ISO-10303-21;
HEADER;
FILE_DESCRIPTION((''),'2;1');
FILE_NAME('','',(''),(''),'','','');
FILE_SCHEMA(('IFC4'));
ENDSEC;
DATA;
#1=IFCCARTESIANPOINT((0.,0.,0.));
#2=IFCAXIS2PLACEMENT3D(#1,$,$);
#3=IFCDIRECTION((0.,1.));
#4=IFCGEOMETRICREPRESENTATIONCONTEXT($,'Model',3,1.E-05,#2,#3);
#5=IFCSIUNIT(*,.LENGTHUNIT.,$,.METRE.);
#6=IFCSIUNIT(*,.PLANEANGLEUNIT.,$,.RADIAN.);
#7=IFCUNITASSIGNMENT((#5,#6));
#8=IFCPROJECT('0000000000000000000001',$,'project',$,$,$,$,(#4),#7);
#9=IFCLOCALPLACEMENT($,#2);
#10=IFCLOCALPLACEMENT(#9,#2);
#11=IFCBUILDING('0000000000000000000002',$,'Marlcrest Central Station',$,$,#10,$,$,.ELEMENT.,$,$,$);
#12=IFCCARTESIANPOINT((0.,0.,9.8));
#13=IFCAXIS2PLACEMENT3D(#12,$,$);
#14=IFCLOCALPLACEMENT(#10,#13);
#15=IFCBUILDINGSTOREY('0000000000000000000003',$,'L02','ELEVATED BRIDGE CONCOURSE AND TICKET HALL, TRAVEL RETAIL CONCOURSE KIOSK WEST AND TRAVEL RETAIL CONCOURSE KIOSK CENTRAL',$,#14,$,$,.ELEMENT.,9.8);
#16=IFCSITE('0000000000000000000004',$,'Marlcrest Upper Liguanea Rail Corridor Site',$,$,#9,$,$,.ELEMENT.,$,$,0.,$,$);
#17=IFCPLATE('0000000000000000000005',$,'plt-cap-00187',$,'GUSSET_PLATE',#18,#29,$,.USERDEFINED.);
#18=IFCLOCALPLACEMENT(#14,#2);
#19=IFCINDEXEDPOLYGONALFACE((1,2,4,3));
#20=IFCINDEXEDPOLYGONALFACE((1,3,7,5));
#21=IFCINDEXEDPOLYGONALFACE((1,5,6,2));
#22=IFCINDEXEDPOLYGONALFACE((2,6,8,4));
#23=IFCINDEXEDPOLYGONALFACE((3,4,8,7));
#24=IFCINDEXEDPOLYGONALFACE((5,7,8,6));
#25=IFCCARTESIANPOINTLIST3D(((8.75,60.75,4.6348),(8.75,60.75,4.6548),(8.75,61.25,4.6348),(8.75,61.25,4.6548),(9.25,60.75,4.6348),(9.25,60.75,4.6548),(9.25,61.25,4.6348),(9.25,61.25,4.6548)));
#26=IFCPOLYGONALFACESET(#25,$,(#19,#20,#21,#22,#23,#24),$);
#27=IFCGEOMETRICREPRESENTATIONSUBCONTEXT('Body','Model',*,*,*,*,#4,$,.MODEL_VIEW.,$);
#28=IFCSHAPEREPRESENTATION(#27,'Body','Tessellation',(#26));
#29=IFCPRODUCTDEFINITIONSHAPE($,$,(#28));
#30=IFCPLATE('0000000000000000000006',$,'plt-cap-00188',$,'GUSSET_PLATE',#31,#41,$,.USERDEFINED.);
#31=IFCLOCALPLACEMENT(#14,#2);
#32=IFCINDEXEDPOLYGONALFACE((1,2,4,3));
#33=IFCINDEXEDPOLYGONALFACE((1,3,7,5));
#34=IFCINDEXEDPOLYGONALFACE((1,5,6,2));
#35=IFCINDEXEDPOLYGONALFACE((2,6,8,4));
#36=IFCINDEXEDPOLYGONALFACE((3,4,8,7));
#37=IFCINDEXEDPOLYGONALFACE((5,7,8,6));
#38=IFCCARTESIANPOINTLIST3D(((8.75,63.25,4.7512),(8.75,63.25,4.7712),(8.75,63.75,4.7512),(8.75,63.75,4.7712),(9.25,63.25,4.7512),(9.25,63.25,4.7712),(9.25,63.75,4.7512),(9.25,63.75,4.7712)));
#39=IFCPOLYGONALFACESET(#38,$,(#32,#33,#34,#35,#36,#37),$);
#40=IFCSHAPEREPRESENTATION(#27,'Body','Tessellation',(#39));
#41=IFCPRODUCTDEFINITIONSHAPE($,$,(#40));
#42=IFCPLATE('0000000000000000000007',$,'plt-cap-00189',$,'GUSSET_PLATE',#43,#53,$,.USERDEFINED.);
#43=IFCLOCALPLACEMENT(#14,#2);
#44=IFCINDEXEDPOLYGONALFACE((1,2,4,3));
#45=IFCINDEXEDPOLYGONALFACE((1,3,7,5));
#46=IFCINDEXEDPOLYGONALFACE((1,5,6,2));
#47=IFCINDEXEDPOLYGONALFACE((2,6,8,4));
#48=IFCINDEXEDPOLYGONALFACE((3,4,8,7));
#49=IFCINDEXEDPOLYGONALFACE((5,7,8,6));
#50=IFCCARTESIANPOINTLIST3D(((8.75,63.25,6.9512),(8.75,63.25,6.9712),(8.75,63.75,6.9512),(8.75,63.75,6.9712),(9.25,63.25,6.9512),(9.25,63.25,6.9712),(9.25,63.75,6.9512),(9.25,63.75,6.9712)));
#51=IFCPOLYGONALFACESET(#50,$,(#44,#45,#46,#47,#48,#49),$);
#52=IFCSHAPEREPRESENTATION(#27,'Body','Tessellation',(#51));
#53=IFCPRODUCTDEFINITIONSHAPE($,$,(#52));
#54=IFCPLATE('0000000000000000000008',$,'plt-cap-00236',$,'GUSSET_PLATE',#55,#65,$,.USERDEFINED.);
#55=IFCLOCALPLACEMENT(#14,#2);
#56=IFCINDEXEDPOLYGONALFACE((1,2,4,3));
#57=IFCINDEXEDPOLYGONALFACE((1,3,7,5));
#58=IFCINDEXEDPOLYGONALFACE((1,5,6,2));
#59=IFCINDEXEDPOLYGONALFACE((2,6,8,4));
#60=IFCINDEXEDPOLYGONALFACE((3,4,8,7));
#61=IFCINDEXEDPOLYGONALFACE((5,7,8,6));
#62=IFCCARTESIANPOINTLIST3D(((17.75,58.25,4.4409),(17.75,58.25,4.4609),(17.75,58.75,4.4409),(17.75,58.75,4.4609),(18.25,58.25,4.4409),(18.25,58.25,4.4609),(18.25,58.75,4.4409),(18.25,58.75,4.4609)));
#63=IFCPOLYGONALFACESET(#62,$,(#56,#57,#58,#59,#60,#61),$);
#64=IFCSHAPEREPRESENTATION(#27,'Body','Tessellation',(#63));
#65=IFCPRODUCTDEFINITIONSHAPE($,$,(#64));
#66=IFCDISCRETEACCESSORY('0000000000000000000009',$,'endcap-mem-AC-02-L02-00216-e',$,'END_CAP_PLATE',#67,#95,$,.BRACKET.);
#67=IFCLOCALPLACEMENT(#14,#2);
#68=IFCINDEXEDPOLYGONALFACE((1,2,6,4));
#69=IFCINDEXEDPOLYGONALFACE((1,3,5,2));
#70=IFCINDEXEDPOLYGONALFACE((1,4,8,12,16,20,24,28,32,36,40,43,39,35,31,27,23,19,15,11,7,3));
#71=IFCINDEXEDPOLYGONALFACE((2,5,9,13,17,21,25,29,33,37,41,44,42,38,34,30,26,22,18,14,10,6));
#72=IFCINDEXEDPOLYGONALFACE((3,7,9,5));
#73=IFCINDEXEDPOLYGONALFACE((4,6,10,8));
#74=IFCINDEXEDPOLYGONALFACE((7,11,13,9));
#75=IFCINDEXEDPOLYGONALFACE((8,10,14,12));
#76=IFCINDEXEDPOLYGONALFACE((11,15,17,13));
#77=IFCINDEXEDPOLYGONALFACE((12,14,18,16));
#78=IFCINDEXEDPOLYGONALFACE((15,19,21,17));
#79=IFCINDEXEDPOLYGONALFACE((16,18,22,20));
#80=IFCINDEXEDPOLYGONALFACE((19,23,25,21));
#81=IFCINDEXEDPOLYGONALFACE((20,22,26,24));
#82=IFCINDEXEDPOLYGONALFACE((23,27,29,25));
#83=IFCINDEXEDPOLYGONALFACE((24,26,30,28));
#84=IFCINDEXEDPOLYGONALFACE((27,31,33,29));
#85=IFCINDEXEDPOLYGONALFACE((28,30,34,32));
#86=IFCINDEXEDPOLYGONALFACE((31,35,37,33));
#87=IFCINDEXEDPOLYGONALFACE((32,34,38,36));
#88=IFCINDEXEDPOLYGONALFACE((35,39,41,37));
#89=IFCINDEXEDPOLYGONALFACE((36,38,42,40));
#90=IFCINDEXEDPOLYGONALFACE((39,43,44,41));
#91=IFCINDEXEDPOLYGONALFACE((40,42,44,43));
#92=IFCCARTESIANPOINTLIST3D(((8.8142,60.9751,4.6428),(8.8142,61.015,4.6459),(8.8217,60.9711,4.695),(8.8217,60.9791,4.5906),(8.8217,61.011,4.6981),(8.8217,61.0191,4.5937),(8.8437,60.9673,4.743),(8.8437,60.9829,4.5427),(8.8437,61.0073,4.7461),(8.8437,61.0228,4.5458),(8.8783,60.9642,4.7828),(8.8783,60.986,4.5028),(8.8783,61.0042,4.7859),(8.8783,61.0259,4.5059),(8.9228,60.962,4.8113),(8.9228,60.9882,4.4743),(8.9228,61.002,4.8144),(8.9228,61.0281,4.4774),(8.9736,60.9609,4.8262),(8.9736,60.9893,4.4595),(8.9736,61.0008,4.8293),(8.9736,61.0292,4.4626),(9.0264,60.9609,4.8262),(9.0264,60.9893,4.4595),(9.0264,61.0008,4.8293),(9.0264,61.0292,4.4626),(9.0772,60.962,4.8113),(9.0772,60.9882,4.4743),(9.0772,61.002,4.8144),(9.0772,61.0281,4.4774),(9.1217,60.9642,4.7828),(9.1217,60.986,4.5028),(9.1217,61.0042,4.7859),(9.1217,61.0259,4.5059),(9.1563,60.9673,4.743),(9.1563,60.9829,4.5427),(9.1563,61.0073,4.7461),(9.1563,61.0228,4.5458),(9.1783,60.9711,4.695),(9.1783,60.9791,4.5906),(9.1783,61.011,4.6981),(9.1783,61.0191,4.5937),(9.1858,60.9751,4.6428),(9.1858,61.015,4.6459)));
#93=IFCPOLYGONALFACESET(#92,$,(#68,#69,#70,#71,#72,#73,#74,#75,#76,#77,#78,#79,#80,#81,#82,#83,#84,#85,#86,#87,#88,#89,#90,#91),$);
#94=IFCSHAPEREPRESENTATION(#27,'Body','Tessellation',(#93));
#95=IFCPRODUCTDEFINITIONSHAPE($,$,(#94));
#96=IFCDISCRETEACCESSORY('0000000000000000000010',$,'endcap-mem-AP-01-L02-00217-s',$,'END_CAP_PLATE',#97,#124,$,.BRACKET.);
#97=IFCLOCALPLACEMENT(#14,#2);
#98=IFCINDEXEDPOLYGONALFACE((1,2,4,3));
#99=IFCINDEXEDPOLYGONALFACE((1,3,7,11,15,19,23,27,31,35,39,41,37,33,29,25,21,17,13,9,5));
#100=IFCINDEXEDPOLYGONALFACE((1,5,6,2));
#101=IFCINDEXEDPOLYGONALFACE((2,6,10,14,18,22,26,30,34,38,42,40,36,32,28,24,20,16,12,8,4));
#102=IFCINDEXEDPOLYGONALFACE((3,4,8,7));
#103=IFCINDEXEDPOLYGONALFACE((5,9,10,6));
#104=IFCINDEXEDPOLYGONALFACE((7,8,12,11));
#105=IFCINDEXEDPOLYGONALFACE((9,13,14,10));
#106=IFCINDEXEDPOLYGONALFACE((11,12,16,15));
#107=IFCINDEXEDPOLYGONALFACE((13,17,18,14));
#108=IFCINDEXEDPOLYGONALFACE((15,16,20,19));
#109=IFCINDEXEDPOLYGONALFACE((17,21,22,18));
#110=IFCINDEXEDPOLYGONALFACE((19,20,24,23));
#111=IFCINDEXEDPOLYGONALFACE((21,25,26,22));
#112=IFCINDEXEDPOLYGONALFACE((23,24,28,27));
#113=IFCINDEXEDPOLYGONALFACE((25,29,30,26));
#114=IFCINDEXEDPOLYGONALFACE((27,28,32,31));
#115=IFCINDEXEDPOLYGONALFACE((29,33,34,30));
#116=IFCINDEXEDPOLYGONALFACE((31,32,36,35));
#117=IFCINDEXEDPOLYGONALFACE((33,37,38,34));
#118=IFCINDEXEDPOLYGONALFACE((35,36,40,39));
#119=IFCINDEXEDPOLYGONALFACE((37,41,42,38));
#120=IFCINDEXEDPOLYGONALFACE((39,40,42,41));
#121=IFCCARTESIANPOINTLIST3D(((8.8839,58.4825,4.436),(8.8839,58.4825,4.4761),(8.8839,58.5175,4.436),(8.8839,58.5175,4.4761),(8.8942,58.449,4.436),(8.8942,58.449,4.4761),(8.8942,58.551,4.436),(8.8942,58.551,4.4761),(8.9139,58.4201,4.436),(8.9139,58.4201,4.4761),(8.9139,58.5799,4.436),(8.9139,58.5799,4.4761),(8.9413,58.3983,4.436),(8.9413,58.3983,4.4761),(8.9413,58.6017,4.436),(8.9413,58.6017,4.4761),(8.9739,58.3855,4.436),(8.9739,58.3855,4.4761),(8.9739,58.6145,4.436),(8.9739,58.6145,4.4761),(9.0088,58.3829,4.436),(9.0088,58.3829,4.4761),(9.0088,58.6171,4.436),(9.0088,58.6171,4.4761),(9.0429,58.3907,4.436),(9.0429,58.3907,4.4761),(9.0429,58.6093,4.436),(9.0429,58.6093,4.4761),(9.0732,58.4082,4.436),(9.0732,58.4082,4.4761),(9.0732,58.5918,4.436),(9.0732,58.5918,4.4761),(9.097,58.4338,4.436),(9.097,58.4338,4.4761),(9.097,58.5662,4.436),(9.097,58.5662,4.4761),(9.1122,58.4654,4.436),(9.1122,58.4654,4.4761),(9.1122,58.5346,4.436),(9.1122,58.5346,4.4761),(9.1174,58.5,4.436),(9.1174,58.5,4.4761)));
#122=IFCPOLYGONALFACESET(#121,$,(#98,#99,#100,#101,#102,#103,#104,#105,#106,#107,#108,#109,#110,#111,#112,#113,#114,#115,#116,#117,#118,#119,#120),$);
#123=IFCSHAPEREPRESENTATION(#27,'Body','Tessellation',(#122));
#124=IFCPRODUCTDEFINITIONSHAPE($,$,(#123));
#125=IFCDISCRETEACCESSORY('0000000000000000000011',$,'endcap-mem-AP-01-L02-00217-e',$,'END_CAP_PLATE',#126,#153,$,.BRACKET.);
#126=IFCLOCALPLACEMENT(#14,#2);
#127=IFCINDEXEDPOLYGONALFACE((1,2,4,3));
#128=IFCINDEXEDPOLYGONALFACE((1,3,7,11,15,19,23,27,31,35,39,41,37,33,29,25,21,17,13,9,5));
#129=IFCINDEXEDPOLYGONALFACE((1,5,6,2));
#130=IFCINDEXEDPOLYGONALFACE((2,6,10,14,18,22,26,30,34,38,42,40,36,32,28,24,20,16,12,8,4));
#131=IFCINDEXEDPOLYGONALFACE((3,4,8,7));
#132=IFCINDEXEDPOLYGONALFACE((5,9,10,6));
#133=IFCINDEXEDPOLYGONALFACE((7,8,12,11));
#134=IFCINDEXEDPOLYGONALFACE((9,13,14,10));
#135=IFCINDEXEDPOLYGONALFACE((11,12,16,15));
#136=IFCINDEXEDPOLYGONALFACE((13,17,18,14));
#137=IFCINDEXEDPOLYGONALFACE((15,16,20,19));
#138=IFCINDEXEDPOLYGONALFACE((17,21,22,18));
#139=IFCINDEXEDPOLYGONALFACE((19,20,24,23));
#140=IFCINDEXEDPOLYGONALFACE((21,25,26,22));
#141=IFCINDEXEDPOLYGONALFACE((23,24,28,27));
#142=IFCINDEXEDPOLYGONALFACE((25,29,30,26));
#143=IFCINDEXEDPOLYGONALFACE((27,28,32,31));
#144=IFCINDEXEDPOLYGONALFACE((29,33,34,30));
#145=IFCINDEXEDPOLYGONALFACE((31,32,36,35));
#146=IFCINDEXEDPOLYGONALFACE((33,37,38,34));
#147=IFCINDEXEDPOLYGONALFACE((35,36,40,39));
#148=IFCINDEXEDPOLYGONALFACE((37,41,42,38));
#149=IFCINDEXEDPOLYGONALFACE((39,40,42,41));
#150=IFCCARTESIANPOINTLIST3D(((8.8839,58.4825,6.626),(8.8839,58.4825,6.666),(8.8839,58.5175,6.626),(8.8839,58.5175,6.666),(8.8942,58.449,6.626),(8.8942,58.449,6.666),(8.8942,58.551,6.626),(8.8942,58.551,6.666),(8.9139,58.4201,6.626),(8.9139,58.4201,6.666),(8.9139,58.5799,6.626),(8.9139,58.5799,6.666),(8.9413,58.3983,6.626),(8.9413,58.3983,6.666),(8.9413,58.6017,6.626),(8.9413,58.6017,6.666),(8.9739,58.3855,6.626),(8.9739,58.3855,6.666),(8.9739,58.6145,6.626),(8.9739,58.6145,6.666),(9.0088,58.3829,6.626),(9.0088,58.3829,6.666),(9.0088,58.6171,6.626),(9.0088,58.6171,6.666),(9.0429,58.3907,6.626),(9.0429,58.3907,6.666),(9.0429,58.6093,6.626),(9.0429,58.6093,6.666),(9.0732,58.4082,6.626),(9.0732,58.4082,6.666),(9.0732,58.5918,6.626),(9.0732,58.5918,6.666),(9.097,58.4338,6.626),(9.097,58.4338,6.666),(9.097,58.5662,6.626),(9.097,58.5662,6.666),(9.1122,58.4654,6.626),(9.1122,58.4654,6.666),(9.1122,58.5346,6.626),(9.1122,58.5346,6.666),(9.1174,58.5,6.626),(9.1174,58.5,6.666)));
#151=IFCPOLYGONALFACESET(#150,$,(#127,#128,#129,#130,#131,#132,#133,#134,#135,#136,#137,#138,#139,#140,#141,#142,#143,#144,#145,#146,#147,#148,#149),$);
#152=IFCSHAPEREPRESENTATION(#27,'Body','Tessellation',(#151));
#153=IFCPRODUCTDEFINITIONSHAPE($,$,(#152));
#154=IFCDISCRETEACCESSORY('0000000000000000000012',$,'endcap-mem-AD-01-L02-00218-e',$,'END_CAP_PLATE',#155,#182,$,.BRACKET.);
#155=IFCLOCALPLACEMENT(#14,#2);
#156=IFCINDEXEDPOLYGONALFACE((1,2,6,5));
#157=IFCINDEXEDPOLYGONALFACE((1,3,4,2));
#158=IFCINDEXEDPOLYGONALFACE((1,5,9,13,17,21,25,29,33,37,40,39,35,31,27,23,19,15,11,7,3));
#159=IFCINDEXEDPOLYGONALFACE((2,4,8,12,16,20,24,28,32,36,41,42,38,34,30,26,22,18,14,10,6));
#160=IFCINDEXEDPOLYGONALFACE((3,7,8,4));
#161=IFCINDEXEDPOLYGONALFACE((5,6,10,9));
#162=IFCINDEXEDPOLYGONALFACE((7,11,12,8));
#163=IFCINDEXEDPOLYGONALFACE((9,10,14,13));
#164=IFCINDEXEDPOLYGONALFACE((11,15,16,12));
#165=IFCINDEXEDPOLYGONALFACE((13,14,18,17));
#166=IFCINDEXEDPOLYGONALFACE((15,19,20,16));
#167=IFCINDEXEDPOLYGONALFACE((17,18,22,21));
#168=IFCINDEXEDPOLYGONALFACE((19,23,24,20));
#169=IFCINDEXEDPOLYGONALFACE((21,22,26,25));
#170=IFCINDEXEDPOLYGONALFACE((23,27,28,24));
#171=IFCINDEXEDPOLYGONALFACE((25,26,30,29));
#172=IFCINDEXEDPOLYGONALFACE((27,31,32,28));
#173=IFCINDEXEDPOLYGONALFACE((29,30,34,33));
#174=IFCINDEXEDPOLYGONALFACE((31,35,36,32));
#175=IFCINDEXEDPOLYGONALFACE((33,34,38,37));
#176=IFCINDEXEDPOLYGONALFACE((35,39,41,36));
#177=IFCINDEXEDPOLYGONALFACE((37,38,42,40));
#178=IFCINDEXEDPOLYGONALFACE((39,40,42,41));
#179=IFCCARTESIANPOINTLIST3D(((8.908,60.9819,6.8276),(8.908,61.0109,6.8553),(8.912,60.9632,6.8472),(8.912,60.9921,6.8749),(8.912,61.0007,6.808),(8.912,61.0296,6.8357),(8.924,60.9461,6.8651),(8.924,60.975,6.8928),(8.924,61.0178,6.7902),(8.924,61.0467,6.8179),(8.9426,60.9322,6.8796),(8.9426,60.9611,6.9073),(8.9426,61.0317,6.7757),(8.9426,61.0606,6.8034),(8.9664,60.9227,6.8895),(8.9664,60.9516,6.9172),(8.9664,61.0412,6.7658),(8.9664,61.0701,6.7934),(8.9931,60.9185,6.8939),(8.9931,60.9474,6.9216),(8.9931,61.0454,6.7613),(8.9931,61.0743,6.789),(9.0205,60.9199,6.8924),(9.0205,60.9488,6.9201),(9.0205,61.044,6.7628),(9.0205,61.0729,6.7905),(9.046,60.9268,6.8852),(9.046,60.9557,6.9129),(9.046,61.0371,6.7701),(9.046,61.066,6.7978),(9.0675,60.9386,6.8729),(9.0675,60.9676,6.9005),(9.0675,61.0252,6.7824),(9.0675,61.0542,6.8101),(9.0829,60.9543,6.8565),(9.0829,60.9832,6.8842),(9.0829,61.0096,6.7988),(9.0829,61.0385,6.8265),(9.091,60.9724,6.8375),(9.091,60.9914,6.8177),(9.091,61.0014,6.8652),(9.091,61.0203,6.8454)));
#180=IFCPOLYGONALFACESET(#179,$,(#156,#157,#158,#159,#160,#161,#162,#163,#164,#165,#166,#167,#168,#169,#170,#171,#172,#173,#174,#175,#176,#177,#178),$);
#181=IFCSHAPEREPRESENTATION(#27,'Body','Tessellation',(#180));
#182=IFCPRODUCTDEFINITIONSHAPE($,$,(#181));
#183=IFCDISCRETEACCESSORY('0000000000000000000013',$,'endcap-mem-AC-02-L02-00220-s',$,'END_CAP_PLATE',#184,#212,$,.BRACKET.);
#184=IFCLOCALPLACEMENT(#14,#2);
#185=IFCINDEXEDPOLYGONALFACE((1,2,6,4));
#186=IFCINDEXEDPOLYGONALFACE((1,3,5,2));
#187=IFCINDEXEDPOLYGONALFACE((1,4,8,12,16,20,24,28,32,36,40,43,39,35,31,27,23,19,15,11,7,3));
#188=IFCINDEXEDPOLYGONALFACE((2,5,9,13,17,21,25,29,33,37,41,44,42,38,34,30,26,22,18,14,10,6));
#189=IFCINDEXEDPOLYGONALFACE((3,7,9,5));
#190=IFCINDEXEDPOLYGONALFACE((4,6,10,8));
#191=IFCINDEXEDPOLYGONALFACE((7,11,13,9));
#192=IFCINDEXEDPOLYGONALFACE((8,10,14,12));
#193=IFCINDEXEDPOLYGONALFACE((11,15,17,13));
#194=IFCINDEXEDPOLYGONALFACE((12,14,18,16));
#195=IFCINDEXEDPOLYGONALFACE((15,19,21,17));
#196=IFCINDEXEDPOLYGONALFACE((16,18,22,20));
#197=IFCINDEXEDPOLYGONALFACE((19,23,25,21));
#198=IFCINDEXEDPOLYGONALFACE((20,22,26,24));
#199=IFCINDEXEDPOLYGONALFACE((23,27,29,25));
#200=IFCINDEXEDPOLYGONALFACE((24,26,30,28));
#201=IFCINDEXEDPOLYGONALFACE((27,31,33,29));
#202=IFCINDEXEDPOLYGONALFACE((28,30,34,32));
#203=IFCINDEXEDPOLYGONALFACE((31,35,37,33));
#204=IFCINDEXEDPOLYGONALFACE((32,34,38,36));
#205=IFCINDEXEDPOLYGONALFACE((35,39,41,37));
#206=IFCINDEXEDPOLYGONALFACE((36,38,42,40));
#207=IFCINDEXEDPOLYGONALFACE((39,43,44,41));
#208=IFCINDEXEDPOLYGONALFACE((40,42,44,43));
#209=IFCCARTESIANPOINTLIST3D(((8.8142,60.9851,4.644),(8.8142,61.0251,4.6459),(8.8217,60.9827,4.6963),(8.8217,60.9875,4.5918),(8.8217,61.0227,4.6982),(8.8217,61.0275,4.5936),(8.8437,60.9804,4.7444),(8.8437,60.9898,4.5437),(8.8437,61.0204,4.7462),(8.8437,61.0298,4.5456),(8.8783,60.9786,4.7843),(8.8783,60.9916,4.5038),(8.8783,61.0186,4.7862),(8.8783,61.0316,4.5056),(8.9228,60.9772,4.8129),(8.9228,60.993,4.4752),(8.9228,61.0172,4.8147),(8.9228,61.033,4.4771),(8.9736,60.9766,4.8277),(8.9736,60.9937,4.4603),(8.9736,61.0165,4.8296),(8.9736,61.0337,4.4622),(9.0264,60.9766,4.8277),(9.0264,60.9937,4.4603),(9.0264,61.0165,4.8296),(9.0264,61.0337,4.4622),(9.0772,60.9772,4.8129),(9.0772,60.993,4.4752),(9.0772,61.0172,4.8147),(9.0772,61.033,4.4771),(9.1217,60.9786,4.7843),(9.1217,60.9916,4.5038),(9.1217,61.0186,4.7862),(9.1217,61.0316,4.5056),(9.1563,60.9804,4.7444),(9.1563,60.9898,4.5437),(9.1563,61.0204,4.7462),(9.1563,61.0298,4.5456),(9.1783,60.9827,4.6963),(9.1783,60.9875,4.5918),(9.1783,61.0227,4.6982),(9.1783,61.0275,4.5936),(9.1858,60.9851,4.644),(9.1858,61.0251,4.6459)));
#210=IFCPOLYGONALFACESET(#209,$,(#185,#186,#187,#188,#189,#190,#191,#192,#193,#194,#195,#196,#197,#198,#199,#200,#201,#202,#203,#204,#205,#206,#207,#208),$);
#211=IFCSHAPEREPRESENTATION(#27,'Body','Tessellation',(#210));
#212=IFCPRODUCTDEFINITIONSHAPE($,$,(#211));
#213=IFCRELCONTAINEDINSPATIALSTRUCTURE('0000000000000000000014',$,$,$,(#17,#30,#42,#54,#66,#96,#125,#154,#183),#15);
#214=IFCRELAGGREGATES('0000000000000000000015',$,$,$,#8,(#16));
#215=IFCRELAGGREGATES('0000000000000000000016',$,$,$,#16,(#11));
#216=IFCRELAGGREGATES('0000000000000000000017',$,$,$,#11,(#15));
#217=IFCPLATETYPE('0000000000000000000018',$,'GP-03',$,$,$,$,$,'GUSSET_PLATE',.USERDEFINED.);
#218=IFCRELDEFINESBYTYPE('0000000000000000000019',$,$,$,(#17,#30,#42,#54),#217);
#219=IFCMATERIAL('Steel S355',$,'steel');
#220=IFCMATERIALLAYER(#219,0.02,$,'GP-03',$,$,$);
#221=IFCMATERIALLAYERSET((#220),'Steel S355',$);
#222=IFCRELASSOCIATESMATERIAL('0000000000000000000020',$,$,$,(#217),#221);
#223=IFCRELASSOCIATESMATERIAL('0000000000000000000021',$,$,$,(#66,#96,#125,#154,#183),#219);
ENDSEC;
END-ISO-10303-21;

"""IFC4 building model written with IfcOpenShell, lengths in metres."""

from ifc_helpers import new_model, si_unit, direction, frame, origin, origin_2d, place, context, subcontext, project, spatial, rectangle, circle, extrude, material, layer, layer_set, type_object, element, save


model = new_model("IFC4")

# Units and contexts
model_context = context("Model", 3, precision=1e-05, world=origin(), true_north=direction((0.0, 1.0)))
body_context = subcontext(model_context, "Body", "Model", "MODEL_VIEW")
ifc_project = project(units=[si_unit("LENGTHUNIT", "METRE"), si_unit("PLANEANGLEUNIT", "RADIAN")], contexts=[model_context])

# Site, building, storey
site_placement = place(None, origin())
site = spatial("IfcSite", under=ifc_project, at=site_placement, Name="Marlcrest Upper Liguanea Rail Corridor Site", CompositionType="ELEMENT", RefElevation=0.0)
building_placement = place(site_placement, origin())
building = spatial("IfcBuilding", under=site, at=building_placement, Name="Marlcrest Central Station", CompositionType="ELEMENT")
storey_placement = place(building_placement, frame((0.0, 0.0, 9.8)))
storey = spatial("IfcBuildingStorey", under=building, at=storey_placement, Name="L02", Description="ELEVATED BRIDGE CONCOURSE AND TICKET HALL, TRAVEL RETAIL CONCOURSE KIOSK WEST AND TRAVEL RETAIL CONCOURSE KIOSK CENTRAL", CompositionType="ELEMENT", Elevation=9.8)

# Shared definitions
ifc_material = material(Name="Steel S355", Category="steel")

# Plates
ifc_layer = layer(ifc_material, 0.02, Name="GP-03")
ifc_layer_set = layer_set([ifc_layer], Name="Steel S355")
plate_type = type_object("IfcPlateType", Name="GP-03", ElementType="GUSSET_PLATE", PredefinedType="USERDEFINED", material=ifc_layer_set)
for number, where, z_axis, x_axis, name in (
    (1, (9.0, 61.0, 4.6348), (0.0, 0.0, 1.0), (1.0, 0.0, 0.0), "plt-cap-00187"),
    (2, (9.0, 63.5, 4.7512), (0.0, 0.0, 1.0), (1.0, 0.0, 0.0), "plt-cap-00188"),
    (3, (9.0, 63.5, 6.9512), (0.0, 0.0, 1.0), (1.0, 0.0, 0.0), "plt-cap-00189"),
    (4, (18.0, 58.5, 4.4409), (0.0, 0.0, 1.0), (1.0, 0.0, 0.0), "plt-cap-00236"),
):
    element("IfcPlate", number, at=place(storey_placement, frame(where, z_axis=z_axis, x_axis=x_axis)), inside=storey, type_object=plate_type, Name=name, ObjectType="GUSSET_PLATE", PredefinedType="USERDEFINED", context=body_context, shape_type="SweptSolid", body=[
        extrude(rectangle(XDim=0.5, YDim=0.5, at=origin_2d()), origin(), (0.0, 0.0, 1.0), 0.02),
    ])

# Discrete accessories
discrete_accessory_1_placement = place(storey_placement, frame((9.0, 60.9751, 4.6428), z_axis=(0.0, 0.997007, 0.077307), x_axis=(-1.0, 0.0, 0.0)))
element("IfcDiscreteAccessory", 5, at=discrete_accessory_1_placement, inside=storey, material=ifc_material, Name="endcap-mem-AC-02-L02-00216-e", ObjectType="END_CAP_PLATE", PredefinedType="BRACKET", context=body_context, shape_type="SweptSolid", body=[
    extrude(circle(Radius=0.1858, at=origin_2d()), origin(), (0.0, 0.0, 1.0), 0.04),
])
for number, where, z_axis, x_axis, name in (
    (6, (9.0, 58.5, 4.436), (0.0, 0.0, 1.0), (1.0, 0.0, 0.0), "endcap-mem-AP-01-L02-00217-s"),
    (7, (9.0, 58.5, 6.626), (0.0, 0.0, 1.0), (1.0, 0.0, 0.0), "endcap-mem-AP-01-L02-00217-e"),
):
    element("IfcDiscreteAccessory", number, at=place(storey_placement, frame(where, z_axis=z_axis, x_axis=x_axis)), inside=storey, material=ifc_material, Name=name, ObjectType="END_CAP_PLATE", PredefinedType="BRACKET", context=body_context, shape_type="SweptSolid", body=[
        extrude(circle(Radius=0.1174, at=origin_2d()), origin(), (0.0, 0.0, 1.0), 0.04),
    ])
discrete_accessory_2_placement = place(storey_placement, frame((9.0, 60.9819, 6.8276), z_axis=(0.0, 0.722247, 0.691636), x_axis=(-1.0, 0.0, 0.0)))
element("IfcDiscreteAccessory", 8, at=discrete_accessory_2_placement, inside=storey, material=ifc_material, Name="endcap-mem-AD-01-L02-00218-e", ObjectType="END_CAP_PLATE", PredefinedType="BRACKET", context=body_context, shape_type="SweptSolid", body=[
    extrude(circle(Radius=0.092, at=origin_2d()), origin(), (0.0, 0.0, 1.0), 0.04),
])
for number, where, z_axis, x_axis, name in (
    (9, (9.0, 60.9851, 4.644), (0.0, 0.998917, 0.046532), (-1.0, 0.0, 0.0), "endcap-mem-AC-02-L02-00220-s"),
):
    element("IfcDiscreteAccessory", number, at=place(storey_placement, frame(where, z_axis=z_axis, x_axis=x_axis)), inside=storey, material=ifc_material, Name=name, ObjectType="END_CAP_PLATE", PredefinedType="BRACKET", context=body_context, shape_type="SweptSolid", body=[
        extrude(circle(Radius=0.1858, at=origin_2d()), origin(), (0.0, 0.0, 1.0), 0.04),
    ])

save(model, "model.ifc")
